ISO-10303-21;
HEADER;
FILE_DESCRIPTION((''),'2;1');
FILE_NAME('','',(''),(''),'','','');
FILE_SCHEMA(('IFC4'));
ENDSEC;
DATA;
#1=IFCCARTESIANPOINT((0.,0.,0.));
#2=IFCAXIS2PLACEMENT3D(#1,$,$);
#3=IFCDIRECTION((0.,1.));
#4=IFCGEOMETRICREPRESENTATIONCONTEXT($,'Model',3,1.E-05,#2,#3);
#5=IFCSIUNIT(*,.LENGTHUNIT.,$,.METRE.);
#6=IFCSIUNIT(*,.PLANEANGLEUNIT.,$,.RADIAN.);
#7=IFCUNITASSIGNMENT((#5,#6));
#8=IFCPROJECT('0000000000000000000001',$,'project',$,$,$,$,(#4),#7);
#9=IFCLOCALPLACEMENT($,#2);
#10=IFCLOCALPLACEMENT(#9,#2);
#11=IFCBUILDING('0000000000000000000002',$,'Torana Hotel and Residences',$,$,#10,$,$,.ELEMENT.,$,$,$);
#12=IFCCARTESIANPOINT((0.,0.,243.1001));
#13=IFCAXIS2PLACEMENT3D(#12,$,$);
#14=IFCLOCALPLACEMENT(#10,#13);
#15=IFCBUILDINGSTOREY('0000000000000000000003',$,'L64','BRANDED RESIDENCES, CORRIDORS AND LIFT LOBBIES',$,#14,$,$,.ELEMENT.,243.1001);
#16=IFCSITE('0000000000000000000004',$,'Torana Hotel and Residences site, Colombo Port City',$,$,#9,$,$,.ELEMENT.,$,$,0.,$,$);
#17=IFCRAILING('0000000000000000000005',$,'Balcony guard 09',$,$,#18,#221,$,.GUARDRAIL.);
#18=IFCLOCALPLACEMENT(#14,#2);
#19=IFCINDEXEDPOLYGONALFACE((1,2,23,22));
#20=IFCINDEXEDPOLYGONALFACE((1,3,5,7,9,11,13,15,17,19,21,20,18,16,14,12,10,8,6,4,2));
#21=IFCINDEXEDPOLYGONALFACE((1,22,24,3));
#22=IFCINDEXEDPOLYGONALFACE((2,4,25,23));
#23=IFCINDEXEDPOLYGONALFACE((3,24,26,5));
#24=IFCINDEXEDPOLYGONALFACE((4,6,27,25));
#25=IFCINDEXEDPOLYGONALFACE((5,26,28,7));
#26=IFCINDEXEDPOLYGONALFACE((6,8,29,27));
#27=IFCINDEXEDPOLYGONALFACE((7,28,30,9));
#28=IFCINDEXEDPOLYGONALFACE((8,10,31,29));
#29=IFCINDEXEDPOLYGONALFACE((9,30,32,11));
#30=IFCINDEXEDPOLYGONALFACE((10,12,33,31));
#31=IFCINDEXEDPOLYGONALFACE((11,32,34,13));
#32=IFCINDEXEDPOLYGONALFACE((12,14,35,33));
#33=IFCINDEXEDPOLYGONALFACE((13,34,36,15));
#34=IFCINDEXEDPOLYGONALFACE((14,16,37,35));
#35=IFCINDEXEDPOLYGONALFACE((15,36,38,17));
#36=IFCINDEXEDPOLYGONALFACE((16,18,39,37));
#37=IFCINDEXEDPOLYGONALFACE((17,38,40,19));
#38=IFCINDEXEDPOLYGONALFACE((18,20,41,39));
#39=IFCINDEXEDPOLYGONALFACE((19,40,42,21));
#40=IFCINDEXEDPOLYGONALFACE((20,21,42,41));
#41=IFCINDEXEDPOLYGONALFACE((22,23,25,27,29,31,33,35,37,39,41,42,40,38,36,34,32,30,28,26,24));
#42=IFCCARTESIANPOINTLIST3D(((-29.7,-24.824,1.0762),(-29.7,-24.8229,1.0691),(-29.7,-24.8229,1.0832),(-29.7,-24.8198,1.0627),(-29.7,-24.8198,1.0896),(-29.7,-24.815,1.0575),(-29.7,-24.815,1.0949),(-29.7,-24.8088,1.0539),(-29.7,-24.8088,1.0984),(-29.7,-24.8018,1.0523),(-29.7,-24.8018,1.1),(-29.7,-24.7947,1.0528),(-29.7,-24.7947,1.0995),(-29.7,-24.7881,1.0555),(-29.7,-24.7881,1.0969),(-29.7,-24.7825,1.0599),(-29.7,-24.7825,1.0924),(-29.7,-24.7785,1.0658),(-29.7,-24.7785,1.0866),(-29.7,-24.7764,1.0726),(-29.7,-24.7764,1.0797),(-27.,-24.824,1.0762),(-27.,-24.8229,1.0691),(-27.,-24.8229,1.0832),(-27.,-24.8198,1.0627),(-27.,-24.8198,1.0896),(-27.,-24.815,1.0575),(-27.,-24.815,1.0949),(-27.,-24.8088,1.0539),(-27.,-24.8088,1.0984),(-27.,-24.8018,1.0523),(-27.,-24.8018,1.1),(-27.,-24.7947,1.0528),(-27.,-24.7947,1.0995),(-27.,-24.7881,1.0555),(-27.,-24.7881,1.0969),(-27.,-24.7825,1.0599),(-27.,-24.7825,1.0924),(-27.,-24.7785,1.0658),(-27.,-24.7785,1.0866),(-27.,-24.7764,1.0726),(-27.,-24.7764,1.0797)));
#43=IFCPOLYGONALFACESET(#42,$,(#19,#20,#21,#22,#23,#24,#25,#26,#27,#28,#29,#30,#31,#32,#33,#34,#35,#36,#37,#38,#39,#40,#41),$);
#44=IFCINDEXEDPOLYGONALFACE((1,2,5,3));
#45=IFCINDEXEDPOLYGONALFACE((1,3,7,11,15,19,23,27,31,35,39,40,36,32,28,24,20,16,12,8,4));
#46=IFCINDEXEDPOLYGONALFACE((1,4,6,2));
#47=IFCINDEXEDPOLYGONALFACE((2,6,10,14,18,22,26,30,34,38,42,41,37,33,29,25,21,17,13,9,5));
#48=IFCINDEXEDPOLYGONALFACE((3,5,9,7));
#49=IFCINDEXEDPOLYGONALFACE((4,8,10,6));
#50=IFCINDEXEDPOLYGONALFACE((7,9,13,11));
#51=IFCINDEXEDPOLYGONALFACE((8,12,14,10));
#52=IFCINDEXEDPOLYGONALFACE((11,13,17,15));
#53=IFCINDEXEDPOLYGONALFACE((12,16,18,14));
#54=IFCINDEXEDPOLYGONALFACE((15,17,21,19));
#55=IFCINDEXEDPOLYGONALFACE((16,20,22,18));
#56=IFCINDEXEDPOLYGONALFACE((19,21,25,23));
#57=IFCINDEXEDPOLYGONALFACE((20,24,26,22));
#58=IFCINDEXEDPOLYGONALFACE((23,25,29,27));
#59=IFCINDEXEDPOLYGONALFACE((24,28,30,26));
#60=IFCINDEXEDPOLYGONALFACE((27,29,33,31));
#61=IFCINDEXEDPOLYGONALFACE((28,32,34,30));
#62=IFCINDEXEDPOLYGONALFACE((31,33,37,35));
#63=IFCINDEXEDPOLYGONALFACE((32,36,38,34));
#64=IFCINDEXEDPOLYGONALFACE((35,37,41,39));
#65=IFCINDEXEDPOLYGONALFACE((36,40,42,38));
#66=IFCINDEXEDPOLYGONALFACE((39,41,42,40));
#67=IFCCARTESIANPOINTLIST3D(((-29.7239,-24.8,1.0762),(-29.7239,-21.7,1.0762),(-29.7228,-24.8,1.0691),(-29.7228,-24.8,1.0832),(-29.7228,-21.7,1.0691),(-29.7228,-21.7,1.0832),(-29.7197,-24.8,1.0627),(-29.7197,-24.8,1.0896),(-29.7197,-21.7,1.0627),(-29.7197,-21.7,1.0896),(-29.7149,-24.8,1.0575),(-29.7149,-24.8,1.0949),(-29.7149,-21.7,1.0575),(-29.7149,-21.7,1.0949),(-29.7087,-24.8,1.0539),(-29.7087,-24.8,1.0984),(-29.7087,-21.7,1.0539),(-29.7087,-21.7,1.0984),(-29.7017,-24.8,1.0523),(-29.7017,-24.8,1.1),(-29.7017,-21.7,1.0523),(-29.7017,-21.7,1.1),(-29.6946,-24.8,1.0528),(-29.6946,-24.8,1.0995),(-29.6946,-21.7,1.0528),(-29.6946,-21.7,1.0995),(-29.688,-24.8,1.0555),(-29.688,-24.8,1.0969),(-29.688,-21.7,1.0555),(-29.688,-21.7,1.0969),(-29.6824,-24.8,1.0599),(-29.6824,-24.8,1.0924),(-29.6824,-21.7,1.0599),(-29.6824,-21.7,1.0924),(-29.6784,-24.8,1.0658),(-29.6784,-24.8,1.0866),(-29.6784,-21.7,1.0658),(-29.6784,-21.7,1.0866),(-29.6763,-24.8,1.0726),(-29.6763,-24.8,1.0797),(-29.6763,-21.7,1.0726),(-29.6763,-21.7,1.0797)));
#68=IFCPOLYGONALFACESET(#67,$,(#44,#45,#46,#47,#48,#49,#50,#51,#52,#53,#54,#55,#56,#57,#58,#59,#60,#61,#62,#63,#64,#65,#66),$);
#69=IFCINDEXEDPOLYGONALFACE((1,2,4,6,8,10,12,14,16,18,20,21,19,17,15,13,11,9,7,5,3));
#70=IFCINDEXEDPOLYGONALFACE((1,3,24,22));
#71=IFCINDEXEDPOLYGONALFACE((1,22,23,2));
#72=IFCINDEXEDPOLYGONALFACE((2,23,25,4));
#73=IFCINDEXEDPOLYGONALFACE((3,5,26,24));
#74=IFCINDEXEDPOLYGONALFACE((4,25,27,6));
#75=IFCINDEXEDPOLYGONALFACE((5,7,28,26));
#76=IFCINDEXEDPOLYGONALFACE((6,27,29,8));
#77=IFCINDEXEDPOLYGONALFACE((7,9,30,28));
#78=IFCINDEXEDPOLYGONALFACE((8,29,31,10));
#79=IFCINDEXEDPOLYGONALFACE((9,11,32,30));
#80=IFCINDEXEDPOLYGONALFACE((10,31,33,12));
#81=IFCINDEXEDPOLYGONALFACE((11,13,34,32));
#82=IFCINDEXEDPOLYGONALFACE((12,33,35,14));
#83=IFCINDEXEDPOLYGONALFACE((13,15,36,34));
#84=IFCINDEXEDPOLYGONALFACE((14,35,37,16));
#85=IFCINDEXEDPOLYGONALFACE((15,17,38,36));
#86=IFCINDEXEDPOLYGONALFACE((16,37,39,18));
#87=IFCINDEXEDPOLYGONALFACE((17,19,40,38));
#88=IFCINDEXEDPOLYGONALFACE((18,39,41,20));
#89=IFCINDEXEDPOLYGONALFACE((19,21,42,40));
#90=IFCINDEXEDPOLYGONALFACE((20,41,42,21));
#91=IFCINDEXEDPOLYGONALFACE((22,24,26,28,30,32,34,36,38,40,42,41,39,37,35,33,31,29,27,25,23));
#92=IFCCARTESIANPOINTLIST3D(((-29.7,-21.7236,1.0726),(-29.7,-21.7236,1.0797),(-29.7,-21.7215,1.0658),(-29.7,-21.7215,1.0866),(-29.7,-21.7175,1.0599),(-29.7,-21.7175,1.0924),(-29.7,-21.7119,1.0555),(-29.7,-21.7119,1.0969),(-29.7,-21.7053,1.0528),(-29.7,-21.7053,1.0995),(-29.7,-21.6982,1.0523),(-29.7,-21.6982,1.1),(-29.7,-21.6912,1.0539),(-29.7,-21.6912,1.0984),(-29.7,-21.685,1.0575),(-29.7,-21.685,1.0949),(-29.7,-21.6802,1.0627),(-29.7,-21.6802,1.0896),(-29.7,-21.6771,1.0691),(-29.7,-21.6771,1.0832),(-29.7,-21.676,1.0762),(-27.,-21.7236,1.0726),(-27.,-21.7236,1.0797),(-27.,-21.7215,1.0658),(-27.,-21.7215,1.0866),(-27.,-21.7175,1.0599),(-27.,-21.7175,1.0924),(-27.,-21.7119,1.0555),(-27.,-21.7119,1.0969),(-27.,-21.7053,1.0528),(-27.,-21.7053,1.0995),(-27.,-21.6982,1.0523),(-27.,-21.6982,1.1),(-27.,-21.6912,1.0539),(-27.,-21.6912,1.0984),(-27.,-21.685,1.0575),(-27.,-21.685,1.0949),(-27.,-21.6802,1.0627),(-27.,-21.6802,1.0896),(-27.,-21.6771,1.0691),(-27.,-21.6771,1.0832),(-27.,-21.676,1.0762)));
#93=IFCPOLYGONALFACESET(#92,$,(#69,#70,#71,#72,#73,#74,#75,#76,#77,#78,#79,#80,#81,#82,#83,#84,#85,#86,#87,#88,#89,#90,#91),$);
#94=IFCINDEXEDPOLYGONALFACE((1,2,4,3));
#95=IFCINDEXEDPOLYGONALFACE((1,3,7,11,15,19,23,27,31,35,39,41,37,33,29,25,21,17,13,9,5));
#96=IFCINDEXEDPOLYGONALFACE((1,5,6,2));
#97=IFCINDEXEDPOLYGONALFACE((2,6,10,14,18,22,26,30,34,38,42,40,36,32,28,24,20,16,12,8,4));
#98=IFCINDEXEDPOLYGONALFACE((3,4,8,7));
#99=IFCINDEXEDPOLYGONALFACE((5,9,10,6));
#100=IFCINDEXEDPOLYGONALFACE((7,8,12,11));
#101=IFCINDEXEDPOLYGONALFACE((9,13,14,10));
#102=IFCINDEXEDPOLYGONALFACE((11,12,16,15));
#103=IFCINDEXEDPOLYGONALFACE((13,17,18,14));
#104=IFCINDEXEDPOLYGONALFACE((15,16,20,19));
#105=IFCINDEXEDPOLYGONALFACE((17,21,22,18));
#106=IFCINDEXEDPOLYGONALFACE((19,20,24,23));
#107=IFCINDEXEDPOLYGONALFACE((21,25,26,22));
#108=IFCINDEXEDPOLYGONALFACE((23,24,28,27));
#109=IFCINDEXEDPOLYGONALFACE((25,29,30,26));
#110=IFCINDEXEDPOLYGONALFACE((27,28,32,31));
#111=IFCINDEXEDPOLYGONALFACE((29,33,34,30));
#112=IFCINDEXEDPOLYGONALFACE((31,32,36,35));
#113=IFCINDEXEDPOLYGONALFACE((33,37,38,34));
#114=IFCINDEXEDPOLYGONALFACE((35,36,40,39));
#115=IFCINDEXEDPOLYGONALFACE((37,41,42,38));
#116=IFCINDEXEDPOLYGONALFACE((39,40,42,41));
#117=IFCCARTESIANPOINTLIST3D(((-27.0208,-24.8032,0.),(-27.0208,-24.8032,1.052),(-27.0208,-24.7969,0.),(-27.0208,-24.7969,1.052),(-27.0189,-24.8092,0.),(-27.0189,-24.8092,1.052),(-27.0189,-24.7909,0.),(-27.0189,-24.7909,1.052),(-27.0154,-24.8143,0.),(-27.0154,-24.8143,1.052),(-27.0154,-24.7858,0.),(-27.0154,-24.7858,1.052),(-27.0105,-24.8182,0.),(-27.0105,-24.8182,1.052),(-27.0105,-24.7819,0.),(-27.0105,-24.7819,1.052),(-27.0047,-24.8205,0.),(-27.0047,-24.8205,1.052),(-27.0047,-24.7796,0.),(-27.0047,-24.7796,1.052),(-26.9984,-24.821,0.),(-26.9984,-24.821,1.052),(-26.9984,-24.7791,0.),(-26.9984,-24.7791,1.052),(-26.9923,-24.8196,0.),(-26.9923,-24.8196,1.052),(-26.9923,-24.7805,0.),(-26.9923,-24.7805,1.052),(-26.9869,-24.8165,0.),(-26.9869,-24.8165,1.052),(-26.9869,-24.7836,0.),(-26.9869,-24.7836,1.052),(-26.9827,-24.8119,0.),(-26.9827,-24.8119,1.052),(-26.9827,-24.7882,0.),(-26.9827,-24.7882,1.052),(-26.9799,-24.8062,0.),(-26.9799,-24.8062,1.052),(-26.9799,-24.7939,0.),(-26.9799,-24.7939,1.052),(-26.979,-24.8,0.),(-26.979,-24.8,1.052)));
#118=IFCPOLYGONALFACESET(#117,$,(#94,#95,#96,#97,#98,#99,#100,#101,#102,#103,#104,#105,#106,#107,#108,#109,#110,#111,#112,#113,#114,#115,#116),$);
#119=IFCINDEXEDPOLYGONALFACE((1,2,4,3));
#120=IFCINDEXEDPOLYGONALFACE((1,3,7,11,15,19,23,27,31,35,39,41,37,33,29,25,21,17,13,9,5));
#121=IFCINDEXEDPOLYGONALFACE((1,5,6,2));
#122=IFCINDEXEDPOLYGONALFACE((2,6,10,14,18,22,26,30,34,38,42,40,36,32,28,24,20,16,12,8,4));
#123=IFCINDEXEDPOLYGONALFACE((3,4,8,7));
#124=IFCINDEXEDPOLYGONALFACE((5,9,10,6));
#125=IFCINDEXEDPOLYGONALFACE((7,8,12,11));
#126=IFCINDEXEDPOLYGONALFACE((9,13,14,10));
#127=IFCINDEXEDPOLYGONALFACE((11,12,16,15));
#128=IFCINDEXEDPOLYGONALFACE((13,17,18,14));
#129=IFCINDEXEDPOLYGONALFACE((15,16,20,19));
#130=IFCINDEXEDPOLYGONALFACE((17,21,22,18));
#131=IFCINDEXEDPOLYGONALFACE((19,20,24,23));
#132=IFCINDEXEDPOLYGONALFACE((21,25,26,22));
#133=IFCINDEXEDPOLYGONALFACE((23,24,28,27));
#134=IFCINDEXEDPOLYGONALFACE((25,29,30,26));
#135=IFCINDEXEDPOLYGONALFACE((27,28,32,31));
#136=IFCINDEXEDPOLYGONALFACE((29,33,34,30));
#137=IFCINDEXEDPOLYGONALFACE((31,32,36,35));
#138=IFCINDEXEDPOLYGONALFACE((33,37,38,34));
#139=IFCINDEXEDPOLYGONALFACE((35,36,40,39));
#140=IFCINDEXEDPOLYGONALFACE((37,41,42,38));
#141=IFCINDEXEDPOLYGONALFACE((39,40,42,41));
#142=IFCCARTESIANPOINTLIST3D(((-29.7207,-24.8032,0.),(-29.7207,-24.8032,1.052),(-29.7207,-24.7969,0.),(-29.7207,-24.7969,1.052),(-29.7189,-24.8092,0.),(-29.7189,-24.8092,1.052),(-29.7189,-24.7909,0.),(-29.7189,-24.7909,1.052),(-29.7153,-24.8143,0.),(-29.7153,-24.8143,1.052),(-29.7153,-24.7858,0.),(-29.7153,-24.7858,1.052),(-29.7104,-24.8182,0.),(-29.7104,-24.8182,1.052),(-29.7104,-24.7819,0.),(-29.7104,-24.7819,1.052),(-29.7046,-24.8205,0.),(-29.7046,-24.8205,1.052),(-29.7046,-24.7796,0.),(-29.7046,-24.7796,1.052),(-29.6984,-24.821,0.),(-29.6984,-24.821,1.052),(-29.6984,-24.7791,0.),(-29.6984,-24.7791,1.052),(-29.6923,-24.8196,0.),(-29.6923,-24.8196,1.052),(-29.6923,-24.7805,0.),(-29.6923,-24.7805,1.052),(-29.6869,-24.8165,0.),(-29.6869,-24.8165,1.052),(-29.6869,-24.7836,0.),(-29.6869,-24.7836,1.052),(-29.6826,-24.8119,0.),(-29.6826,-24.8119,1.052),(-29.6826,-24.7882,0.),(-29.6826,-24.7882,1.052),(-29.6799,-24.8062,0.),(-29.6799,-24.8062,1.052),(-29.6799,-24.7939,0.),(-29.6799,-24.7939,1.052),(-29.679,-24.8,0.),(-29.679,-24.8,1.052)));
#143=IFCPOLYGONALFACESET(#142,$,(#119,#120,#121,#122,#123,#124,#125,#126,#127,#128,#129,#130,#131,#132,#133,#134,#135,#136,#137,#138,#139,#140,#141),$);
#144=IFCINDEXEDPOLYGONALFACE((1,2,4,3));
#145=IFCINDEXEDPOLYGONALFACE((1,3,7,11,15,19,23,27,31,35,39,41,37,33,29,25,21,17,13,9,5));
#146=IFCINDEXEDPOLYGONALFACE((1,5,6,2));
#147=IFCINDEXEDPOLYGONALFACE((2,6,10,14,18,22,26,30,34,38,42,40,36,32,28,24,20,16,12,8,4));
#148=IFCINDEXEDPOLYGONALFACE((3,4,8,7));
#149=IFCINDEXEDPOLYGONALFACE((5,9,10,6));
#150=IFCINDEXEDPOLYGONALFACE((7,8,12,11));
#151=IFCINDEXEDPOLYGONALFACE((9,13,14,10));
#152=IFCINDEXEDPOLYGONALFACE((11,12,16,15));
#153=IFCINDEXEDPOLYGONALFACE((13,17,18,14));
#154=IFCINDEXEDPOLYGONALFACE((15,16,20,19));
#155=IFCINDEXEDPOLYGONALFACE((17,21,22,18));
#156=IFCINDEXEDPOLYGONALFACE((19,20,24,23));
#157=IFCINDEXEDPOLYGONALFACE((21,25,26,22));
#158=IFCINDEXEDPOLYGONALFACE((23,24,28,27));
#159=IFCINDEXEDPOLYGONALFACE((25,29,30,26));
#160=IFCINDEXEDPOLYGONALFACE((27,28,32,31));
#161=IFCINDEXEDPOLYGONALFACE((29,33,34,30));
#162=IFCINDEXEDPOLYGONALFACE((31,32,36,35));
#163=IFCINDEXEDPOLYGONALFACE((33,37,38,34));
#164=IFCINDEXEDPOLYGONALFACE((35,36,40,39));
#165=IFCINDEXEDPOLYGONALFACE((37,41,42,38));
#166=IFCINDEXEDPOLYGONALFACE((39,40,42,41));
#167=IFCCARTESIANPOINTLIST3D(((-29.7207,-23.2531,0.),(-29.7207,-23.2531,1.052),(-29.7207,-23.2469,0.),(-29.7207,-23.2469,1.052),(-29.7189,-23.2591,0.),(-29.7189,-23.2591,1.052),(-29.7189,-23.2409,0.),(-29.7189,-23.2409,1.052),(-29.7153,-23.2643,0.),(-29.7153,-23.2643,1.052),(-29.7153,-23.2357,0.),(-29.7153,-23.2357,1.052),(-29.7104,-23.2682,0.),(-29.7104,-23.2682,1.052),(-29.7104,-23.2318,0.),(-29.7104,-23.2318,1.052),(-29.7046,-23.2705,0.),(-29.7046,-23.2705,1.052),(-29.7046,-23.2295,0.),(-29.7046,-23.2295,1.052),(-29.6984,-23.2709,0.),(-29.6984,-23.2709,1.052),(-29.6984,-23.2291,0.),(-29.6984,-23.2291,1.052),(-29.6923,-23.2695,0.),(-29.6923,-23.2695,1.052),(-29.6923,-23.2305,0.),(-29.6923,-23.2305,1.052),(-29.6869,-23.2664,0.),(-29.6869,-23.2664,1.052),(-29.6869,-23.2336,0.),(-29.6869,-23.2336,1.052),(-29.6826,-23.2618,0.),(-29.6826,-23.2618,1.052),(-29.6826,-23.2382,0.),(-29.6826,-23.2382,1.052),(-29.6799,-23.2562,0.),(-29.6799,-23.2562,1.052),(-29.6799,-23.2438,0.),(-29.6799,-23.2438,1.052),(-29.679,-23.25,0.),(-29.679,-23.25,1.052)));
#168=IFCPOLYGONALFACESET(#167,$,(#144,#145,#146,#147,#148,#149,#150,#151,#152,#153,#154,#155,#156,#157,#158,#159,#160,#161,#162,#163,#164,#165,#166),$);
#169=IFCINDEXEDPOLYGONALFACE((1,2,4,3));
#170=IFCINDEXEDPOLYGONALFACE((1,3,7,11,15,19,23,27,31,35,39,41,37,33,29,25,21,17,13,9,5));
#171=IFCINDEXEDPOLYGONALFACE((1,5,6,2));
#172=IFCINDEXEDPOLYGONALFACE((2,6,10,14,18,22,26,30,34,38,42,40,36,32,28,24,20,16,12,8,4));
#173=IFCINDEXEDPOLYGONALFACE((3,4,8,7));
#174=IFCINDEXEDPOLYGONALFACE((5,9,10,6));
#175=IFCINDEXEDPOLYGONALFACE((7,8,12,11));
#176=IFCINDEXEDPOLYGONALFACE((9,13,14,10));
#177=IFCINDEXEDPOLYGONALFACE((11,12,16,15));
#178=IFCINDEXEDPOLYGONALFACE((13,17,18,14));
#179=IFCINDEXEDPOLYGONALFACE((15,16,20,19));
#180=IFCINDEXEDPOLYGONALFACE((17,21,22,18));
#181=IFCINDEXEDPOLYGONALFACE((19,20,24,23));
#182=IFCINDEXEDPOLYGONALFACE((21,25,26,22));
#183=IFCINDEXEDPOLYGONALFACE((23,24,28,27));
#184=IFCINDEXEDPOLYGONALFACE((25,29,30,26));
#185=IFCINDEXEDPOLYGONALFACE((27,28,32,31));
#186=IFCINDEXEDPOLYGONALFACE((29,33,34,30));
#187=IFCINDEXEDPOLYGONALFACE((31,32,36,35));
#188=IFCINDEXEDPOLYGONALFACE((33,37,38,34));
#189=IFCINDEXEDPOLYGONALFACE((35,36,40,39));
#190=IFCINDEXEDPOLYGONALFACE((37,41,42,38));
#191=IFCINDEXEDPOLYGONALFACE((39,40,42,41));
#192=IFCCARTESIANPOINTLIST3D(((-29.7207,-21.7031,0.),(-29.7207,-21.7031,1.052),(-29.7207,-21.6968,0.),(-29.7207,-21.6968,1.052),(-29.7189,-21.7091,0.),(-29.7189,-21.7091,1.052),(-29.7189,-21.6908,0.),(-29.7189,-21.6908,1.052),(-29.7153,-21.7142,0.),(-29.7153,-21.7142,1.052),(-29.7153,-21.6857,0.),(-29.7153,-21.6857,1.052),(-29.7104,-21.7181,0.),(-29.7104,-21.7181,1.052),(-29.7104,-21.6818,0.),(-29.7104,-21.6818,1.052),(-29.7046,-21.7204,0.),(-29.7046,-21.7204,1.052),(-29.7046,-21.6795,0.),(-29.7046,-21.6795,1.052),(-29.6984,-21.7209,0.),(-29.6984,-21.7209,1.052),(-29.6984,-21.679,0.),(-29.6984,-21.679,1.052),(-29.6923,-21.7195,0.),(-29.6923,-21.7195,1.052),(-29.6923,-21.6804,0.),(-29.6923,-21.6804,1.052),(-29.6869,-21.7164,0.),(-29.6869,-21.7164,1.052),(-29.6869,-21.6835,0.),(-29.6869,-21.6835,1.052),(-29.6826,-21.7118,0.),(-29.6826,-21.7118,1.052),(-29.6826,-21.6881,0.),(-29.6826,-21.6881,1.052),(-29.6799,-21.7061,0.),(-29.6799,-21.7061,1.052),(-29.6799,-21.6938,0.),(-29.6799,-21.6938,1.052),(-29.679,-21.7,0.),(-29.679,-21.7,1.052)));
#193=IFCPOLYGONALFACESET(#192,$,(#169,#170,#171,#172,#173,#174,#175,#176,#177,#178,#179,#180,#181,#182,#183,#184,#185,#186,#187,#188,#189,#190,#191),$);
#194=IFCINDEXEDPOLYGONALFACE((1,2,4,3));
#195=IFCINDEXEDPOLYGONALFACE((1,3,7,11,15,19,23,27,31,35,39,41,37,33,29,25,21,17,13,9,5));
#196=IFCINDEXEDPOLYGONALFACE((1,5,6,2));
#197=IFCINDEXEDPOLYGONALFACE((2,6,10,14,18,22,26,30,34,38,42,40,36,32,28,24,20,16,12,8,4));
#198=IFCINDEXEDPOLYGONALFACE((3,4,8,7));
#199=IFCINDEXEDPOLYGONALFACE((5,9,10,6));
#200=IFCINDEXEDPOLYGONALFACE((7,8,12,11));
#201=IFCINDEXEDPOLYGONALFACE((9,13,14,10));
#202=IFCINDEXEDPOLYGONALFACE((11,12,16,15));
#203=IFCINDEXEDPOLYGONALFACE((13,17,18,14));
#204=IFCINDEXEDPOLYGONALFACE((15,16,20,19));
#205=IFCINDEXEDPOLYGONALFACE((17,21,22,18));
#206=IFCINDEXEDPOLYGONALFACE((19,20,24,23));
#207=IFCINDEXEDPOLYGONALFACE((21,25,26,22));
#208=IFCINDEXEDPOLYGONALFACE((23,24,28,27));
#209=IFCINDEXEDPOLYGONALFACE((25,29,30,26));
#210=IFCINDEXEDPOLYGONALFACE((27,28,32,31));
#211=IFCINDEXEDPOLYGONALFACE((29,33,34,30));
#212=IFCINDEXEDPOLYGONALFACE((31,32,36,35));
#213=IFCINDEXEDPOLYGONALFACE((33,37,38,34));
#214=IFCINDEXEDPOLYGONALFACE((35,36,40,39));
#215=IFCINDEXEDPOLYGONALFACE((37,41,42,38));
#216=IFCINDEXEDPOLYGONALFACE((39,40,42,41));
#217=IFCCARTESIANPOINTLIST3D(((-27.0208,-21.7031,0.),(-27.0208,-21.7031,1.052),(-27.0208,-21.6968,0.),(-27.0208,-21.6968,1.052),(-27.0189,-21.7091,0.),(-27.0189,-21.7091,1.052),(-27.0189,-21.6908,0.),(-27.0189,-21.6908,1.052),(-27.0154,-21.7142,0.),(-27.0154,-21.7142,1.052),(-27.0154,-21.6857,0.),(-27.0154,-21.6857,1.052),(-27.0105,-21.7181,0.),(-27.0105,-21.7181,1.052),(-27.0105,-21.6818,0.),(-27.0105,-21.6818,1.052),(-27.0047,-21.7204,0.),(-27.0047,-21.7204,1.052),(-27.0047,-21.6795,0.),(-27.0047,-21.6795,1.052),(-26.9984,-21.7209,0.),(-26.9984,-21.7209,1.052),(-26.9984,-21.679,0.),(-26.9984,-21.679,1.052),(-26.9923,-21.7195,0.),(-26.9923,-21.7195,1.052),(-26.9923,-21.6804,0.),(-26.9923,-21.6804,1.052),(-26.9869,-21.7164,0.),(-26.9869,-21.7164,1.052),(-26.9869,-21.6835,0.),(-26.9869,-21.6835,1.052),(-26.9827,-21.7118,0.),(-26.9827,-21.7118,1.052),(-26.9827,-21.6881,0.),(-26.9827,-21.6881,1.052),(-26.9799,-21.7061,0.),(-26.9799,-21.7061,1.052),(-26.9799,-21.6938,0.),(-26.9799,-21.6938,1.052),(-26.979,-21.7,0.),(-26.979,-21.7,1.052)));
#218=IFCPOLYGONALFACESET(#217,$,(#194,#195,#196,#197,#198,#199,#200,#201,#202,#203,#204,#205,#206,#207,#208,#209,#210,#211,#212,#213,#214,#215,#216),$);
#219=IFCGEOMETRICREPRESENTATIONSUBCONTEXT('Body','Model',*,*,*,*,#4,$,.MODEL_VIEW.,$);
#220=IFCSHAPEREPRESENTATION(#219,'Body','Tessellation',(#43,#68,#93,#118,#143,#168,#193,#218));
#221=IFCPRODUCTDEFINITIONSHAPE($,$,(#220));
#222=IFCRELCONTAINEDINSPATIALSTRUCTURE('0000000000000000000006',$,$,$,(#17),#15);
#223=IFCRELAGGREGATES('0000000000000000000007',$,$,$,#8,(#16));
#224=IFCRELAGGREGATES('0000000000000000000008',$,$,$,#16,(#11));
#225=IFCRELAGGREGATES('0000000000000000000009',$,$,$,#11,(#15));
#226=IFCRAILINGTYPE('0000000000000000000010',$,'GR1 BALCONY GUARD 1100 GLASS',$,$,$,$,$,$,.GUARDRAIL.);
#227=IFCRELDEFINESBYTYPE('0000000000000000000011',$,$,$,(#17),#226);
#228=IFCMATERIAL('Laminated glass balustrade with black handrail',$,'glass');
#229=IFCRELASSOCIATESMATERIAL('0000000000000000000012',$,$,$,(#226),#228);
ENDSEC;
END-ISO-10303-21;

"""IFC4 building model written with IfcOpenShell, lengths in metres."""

from ifc_helpers import new_model, si_unit, direction, frame, origin, origin_2d, place, context, subcontext, project, spatial, circle, extrude, material, type_object, element, save


model = new_model("IFC4")

# Units and contexts
model_context = context("Model", 3, precision=1e-05, world=origin(), true_north=direction((0.0, 1.0)))
body_context = subcontext(model_context, "Body", "Model", "MODEL_VIEW")
ifc_project = project(units=[si_unit("LENGTHUNIT", "METRE"), si_unit("PLANEANGLEUNIT", "RADIAN")], contexts=[model_context])

# Site, building, storey
site_placement = place(None, origin())
site = spatial("IfcSite", under=ifc_project, at=site_placement, Name="Torana Hotel and Residences site, Colombo Port City", CompositionType="ELEMENT", RefElevation=0.0)
building_placement = place(site_placement, origin())
building = spatial("IfcBuilding", under=site, at=building_placement, Name="Torana Hotel and Residences", CompositionType="ELEMENT")
storey_placement = place(building_placement, frame((0.0, 0.0, 243.1001)))
storey = spatial("IfcBuildingStorey", under=building, at=storey_placement, Name="L64", Description="BRANDED RESIDENCES, CORRIDORS AND LIFT LOBBIES", CompositionType="ELEMENT", Elevation=243.1001)

# Railing
ifc_material_1 = material(Name="Laminated glass balustrade with black handrail", Category="glass")
railing_type = type_object("IfcRailingType", Name="GR1 BALCONY GUARD 1100 GLASS", PredefinedType="GUARDRAIL", material=ifc_material_1)
railing_placement = place(storey_placement, frame((-27.0, -24.8, 0.0)))
element("IfcRailing", 1, at=railing_placement, inside=storey, type_object=railing_type, Name="Balcony guard 09", PredefinedType="GUARDRAIL", context=body_context, shape_type="SweptSolid", body=[
    extrude(circle(Radius=0.0239, at=origin_2d()), frame((0.0, 0.0, 1.0762), z_axis=(-1.0, 0.0, 0.0), x_axis=(0.0, -1.0, 0.0)), (0.0, 0.0, 1.0), 2.7),
    extrude(circle(Radius=0.0239, at=origin_2d()), frame((-2.7, 0.0, 1.0762), z_axis=(0.0, 1.0, 0.0), x_axis=(-1.0, 0.0, 0.0)), (0.0, 0.0, 1.0), 3.1001),
    extrude(circle(Radius=0.0239, at=origin_2d()), frame((-2.7, 3.1001, 1.0762), z_axis=(1.0, 0.0, 0.0), x_axis=(0.0, 1.0, 0.0)), (0.0, 0.0, 1.0), 2.7),
    extrude(circle(Radius=0.021, at=origin_2d()), origin(), (0.0, 0.0, 1.0), 1.052),
    extrude(circle(Radius=0.021, at=origin_2d()), frame((-2.7, 0.0, 0.0)), (0.0, 0.0, 1.0), 1.052),
    extrude(circle(Radius=0.021, at=origin_2d()), frame((-2.7, 1.55, 0.0)), (0.0, 0.0, 1.0), 1.052),
    extrude(circle(Radius=0.021, at=origin_2d()), frame((-2.7, 3.1001, 0.0)), (0.0, 0.0, 1.0), 1.052),
    extrude(circle(Radius=0.021, at=origin_2d()), frame((0.0, 3.1001, 0.0)), (0.0, 0.0, 1.0), 1.052),
])

save(model, "model.ifc")
